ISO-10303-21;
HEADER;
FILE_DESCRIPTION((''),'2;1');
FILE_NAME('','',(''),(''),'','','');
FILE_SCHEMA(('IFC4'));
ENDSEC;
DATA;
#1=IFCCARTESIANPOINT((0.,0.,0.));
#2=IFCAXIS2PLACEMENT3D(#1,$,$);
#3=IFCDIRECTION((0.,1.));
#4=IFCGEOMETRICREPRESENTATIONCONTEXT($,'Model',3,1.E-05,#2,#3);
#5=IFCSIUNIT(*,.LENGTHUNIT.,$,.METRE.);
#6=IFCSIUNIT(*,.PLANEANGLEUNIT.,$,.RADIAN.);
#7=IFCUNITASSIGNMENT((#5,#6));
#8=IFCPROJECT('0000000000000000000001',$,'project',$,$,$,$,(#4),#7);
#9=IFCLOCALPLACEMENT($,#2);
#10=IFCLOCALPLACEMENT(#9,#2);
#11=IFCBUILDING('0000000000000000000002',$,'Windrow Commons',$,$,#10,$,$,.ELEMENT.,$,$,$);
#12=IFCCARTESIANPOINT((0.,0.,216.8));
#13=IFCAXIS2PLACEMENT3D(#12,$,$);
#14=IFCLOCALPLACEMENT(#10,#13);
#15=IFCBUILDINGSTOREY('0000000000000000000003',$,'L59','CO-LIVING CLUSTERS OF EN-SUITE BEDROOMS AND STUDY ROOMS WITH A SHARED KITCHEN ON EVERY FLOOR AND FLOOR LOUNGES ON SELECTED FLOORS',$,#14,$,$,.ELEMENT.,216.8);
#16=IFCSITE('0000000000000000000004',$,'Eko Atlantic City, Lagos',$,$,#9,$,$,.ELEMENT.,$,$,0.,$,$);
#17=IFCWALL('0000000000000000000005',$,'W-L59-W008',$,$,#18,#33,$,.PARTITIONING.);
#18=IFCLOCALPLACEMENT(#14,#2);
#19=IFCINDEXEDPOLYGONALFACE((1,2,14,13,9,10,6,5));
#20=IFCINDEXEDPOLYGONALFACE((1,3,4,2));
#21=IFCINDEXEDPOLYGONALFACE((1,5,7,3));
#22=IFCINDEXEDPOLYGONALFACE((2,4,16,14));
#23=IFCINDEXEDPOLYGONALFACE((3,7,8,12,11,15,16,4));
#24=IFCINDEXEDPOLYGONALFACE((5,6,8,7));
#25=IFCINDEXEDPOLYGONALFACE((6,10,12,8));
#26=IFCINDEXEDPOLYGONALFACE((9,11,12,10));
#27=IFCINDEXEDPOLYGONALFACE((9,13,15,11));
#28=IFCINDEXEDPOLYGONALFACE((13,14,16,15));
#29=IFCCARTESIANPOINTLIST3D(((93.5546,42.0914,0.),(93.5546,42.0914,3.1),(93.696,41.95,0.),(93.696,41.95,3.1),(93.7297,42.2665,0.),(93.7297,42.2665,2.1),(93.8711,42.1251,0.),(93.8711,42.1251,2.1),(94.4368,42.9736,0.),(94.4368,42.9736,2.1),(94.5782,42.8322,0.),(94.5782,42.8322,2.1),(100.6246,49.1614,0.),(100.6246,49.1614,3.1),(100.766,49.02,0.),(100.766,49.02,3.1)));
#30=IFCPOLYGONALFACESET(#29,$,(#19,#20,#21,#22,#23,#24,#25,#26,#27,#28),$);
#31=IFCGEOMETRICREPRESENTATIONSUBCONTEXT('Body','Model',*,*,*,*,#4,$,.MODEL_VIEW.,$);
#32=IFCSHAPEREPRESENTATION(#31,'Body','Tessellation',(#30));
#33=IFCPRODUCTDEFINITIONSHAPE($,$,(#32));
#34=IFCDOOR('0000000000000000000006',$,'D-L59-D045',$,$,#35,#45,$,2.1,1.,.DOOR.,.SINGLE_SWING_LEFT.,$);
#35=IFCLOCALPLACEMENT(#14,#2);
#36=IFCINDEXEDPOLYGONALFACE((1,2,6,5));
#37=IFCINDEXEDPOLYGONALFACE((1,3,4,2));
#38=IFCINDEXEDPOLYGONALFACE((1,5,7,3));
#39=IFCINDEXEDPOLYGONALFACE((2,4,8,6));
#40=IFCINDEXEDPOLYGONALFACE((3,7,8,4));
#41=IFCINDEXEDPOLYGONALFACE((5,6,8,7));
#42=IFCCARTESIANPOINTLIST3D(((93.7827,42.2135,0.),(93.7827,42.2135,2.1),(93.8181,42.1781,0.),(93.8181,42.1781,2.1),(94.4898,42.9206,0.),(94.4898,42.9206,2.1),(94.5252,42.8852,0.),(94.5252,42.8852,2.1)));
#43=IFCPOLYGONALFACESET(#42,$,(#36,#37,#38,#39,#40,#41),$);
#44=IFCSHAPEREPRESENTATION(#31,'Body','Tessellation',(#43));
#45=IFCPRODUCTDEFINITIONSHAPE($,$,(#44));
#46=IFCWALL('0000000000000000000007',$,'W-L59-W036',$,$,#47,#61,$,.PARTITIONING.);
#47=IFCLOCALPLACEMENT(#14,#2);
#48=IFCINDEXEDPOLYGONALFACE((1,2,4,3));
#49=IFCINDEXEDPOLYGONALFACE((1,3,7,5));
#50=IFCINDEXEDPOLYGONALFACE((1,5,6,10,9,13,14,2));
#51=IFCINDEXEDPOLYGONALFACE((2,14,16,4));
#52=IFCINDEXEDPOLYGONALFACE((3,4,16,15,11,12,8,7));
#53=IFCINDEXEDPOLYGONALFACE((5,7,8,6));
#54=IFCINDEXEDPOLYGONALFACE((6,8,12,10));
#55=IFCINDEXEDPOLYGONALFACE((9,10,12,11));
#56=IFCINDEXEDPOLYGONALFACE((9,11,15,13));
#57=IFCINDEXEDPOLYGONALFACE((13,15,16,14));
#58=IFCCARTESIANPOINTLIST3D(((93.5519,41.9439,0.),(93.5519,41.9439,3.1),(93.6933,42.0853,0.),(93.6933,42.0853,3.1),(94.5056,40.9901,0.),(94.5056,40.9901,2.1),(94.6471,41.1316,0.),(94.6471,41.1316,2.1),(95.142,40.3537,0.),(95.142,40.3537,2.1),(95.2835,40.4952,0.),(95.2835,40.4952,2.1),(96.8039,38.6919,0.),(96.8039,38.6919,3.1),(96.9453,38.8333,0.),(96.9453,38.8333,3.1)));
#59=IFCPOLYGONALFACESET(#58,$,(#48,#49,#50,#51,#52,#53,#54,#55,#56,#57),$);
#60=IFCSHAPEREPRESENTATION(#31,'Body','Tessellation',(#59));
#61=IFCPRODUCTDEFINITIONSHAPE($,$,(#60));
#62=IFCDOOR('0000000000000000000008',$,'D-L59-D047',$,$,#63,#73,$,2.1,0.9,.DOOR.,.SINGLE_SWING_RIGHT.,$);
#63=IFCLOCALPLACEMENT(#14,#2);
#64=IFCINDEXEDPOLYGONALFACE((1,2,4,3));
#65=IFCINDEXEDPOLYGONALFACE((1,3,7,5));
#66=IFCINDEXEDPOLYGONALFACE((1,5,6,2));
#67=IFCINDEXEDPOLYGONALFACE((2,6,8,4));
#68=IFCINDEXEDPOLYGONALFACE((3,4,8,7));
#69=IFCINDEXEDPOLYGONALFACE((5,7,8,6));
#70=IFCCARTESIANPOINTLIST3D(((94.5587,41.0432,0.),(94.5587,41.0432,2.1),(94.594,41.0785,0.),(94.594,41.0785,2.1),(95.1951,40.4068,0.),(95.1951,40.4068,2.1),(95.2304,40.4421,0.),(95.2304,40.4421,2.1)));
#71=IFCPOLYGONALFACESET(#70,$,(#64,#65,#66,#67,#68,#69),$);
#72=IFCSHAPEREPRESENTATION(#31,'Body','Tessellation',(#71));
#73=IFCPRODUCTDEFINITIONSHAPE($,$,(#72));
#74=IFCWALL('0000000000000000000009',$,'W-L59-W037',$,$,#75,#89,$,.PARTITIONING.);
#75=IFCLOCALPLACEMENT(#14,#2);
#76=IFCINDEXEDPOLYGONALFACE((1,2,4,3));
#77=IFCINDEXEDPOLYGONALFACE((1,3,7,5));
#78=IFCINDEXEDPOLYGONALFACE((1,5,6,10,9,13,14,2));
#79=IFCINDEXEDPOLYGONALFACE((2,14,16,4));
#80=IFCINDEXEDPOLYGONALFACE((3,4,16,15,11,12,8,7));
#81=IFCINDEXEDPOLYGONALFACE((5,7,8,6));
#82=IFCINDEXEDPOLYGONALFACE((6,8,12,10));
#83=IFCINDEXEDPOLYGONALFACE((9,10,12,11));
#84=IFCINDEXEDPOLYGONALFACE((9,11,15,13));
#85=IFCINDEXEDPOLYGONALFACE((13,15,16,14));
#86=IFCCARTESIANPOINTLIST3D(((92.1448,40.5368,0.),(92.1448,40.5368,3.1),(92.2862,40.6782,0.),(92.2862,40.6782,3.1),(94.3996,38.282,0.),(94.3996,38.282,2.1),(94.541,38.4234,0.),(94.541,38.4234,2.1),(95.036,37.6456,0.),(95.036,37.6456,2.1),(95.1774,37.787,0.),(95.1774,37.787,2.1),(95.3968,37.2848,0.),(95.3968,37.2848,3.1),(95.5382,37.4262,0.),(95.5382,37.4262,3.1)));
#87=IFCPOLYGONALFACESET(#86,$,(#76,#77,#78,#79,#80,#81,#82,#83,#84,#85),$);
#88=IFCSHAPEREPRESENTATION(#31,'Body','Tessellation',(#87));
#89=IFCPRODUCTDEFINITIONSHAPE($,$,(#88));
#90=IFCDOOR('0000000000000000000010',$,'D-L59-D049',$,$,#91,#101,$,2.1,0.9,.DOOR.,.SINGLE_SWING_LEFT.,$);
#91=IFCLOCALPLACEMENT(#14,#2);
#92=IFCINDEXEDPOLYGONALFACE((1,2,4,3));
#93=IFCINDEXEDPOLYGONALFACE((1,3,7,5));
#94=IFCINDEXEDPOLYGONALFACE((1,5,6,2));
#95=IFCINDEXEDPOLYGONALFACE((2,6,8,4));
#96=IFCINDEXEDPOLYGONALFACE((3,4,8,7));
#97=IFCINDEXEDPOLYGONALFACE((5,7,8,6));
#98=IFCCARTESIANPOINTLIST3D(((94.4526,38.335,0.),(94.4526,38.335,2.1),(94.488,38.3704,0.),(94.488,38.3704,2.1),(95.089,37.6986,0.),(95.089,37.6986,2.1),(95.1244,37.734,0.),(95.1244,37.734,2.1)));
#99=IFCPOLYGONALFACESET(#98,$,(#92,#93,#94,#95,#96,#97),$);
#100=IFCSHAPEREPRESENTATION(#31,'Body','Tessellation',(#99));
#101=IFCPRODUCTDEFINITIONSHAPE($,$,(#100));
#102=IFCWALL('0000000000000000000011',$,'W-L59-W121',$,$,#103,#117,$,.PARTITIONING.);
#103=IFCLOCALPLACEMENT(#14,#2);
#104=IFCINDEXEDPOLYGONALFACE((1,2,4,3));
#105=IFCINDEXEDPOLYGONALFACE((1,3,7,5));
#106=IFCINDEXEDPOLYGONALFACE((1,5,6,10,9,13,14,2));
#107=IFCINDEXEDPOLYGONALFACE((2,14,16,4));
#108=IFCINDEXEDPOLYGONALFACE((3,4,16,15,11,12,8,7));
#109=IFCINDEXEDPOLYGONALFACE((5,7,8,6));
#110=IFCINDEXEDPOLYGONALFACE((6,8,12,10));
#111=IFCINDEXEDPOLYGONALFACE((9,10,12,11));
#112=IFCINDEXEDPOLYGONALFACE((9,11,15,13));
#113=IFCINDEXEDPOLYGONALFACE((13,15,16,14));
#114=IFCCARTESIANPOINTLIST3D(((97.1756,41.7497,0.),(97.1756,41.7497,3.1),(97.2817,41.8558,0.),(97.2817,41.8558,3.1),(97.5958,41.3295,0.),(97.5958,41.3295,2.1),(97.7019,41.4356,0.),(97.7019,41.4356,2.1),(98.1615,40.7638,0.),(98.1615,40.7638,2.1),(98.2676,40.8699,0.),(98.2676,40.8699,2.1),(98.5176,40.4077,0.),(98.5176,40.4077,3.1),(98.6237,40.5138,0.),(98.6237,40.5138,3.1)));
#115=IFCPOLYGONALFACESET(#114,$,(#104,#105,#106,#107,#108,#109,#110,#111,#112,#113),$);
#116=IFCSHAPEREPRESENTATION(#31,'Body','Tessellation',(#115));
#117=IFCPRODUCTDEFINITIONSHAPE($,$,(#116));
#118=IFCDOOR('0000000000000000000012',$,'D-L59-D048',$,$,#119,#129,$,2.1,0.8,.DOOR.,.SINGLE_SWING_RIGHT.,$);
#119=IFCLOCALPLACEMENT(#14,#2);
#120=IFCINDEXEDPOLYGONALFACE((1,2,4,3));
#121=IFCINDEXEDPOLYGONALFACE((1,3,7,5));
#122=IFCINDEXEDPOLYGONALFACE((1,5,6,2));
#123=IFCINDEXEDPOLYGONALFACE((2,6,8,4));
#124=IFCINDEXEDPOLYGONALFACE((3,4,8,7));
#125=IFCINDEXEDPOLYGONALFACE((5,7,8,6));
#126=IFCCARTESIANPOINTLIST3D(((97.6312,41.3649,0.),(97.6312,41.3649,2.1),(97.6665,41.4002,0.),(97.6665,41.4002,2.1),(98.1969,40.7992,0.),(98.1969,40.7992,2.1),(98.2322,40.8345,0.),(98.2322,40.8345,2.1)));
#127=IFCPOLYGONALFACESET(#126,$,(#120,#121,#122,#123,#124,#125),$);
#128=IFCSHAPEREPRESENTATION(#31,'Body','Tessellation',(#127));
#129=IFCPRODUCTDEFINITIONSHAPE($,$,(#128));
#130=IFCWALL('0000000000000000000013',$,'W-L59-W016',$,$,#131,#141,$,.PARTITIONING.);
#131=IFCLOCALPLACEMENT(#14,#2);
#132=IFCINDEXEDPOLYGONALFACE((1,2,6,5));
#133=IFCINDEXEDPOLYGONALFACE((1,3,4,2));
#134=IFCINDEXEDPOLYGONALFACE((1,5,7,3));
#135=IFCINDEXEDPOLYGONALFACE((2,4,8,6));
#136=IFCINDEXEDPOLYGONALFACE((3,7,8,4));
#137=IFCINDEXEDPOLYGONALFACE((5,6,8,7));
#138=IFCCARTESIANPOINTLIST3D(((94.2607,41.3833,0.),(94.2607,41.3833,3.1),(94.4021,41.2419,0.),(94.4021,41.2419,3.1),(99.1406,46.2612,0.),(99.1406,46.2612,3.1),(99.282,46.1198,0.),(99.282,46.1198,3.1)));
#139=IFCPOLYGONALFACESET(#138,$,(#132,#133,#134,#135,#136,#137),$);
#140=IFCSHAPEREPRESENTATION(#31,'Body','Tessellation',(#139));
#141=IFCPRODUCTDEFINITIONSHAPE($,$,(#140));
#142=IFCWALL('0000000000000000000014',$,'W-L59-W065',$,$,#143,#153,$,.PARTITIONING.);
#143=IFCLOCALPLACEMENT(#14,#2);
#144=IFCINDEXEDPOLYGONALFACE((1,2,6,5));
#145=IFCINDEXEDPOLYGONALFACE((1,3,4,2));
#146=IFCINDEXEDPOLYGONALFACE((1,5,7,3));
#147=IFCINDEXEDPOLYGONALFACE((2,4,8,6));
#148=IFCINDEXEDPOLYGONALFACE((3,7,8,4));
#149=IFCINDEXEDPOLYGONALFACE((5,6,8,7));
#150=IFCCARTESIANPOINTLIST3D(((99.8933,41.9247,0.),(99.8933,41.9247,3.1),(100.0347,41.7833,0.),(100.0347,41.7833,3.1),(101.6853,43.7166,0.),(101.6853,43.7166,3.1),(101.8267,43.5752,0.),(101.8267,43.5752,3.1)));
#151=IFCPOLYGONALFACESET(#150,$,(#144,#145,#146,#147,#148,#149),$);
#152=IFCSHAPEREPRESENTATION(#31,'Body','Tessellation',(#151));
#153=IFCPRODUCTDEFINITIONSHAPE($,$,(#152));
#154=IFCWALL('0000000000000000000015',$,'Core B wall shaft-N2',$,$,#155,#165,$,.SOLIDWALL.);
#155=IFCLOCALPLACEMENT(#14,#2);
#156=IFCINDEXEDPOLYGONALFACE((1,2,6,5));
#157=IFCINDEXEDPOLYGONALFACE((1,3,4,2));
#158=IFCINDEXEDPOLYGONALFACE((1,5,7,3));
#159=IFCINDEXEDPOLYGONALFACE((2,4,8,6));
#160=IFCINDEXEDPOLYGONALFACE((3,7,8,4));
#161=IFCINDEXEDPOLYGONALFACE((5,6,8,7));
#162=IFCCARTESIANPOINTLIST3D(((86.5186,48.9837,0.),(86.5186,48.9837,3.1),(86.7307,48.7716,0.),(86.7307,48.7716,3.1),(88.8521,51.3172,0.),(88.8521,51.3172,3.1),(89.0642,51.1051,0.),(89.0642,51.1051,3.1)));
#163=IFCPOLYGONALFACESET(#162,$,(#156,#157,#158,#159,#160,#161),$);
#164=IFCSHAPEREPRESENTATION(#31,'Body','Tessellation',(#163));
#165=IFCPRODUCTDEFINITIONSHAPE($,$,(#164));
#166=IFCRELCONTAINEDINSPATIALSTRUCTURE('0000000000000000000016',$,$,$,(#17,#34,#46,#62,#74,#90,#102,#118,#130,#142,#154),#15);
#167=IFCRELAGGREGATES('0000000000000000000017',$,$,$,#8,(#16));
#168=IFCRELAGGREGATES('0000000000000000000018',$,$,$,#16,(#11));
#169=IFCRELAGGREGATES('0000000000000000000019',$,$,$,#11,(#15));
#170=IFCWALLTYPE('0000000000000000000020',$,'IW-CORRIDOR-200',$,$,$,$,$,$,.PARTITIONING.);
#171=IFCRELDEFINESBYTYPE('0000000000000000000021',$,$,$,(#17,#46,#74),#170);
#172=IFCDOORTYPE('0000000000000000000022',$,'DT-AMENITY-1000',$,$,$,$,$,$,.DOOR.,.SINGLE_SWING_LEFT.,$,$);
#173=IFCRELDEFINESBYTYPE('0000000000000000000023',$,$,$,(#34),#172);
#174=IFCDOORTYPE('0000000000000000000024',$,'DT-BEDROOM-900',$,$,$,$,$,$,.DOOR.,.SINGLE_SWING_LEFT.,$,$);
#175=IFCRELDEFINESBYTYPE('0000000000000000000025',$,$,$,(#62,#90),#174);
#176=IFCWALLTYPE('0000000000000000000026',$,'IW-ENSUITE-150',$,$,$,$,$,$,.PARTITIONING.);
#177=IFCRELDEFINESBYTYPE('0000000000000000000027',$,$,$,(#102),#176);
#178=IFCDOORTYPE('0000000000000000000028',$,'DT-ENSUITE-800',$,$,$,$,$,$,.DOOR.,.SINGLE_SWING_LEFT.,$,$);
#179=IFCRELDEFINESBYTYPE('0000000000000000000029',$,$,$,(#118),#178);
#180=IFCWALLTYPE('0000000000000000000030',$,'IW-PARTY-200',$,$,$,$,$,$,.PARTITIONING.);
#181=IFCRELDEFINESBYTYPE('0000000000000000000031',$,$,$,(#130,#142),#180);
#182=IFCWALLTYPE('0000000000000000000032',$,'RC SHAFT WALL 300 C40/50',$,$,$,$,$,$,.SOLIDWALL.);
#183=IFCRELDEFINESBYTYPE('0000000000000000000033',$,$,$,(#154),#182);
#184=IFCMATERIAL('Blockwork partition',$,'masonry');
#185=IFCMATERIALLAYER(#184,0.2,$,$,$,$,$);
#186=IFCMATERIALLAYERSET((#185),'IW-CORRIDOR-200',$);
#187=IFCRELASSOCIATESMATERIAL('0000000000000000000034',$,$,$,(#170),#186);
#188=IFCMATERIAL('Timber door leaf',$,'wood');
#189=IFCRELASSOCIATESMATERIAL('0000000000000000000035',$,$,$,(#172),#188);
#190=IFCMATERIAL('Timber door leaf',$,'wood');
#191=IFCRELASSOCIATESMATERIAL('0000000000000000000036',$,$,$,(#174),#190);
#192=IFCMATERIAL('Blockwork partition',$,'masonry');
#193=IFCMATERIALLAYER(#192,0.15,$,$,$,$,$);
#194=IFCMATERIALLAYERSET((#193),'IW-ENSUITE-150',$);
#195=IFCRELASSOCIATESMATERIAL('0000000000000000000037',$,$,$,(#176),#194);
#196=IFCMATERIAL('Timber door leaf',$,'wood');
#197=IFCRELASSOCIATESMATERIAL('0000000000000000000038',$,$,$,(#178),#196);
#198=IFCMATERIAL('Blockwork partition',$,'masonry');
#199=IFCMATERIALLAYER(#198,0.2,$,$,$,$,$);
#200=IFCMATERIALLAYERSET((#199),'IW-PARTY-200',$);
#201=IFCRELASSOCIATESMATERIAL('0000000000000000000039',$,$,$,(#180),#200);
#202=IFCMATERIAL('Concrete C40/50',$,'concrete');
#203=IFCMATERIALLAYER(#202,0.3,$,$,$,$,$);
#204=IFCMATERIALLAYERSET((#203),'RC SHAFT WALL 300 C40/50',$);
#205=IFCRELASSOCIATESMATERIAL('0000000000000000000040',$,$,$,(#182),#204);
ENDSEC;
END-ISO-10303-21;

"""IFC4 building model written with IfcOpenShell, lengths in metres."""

from ifc_helpers import new_model, si_unit, direction, frame, frame_2d, origin, place, context, subcontext, project, spatial, rectangle, extrude, material, layer, layer_set, type_object, element, fill, save


model = new_model("IFC4")

# Units and contexts
model_context = context("Model", 3, precision=1e-05, world=origin(), true_north=direction((0.0, 1.0)))
body_context = subcontext(model_context, "Body", "Model", "MODEL_VIEW")
ifc_project = project(units=[si_unit("LENGTHUNIT", "METRE"), si_unit("PLANEANGLEUNIT", "RADIAN")], contexts=[model_context])

# Site, building, storey
site_placement = place(None, origin())
site = spatial("IfcSite", under=ifc_project, at=site_placement, Name="Eko Atlantic City, Lagos", CompositionType="ELEMENT", RefElevation=0.0)
building_placement = place(site_placement, origin())
building = spatial("IfcBuilding", under=site, at=building_placement, Name="Windrow Commons", CompositionType="ELEMENT")
storey_placement = place(building_placement, frame((0.0, 0.0, 216.8)))
storey = spatial("IfcBuildingStorey", under=building, at=storey_placement, Name="L59", Description="CO-LIVING CLUSTERS OF EN-SUITE BEDROOMS AND STUDY ROOMS WITH A SHARED KITCHEN ON EVERY FLOOR AND FLOOR LOUNGES ON SELECTED FLOORS", CompositionType="ELEMENT", Elevation=216.8)

# Walls, openings, doors
ifc_material_1 = material(Name="Blockwork partition", Category="masonry")
ifc_layer_1 = layer(ifc_material_1, 0.2)
ifc_layer_set_1 = layer_set([ifc_layer_1], Name="IW-CORRIDOR-200")
wall_type_1 = type_object("IfcWallType", Name="IW-CORRIDOR-200", PredefinedType="PARTITIONING", material=ifc_layer_set_1)
wall_1_placement = place(storey_placement, frame((93.6253, 42.0207, 0.0), z_axis=(0.0, 0.0, 1.0), x_axis=(0.707107, 0.707107, 0.0)))
wall_1 = element("IfcWall", 1, at=wall_1_placement, inside=storey, type_object=wall_type_1, Name="W-L59-W008", PredefinedType="PARTITIONING", context=body_context, shape_type="SweptSolid", body=[
    extrude(rectangle(XDim=9.9985, YDim=0.2, at=frame_2d((4.9992, 0.0))), origin(), (0.0, 0.0, 1.0), 3.1),
])
opening_1_placement = place(wall_1_placement, frame((0.2476, 0.0, 0.0)))
opening_1 = element("IfcOpeningElement", 2, at=opening_1_placement, cuts=wall_1, PredefinedType="OPENING", context=body_context, shape_type="SweptSolid", body=[
    extrude(rectangle(XDim=1.0, YDim=2.1, at=frame_2d((0.5, 1.05))), frame((0.0, 0.11, 0.0), z_axis=(0.0, -1.0, 0.0), x_axis=(1.0, 0.0, 0.0)), (0.0, 0.0, 1.0), 0.22),
])
ifc_material_2 = material(Name="Timber door leaf", Category="wood")
door_type_1 = type_object("IfcDoorType", Name="DT-AMENITY-1000", OperationType="SINGLE_SWING_LEFT", PredefinedType="DOOR", material=ifc_material_2)
door_1_placement = place(opening_1_placement, origin())
door_1 = element("IfcDoor", 3, at=door_1_placement, inside=storey, type_object=door_type_1, Name="D-L59-D045", OperationType="SINGLE_SWING_LEFT", OverallHeight=2.1, OverallWidth=1.0, PredefinedType="DOOR", context=body_context, shape_type="SweptSolid", body=[
    extrude(rectangle(XDim=1.0, YDim=2.1, at=frame_2d((0.5, 1.05))), frame((0.0, 0.025, 0.0), z_axis=(0.0, -1.0, 0.0), x_axis=(1.0, 0.0, 0.0)), (0.0, 0.0, 1.0), 0.05),
])
fill(opening_1, door_1)
wall_2_placement = place(storey_placement, frame((93.6226, 42.0146, 0.0), z_axis=(0.0, 0.0, 1.0), x_axis=(0.707107, -0.707107, 0.0)))
wall_2 = element("IfcWall", 4, at=wall_2_placement, inside=storey, type_object=wall_type_1, Name="W-L59-W036", PredefinedType="PARTITIONING", context=body_context, shape_type="SweptSolid", body=[
    extrude(rectangle(XDim=4.599, YDim=0.2, at=frame_2d((2.2995, 0.0))), origin(), (0.0, 0.0, 1.0), 3.1),
])
opening_2_placement = place(wall_2_placement, frame((1.3488, 0.0, 0.0)))
opening_2 = element("IfcOpeningElement", 5, at=opening_2_placement, cuts=wall_2, PredefinedType="OPENING", context=body_context, shape_type="SweptSolid", body=[
    extrude(rectangle(XDim=0.9, YDim=2.1, at=frame_2d((0.45, 1.05))), frame((0.0, 0.11, 0.0), z_axis=(0.0, -1.0, 0.0), x_axis=(1.0, 0.0, 0.0)), (0.0, 0.0, 1.0), 0.22),
])
ifc_material_3 = material(Name="Timber door leaf", Category="wood")
door_type_2 = type_object("IfcDoorType", Name="DT-BEDROOM-900", OperationType="SINGLE_SWING_LEFT", PredefinedType="DOOR", material=ifc_material_3)
door_2_placement = place(opening_2_placement, origin())
door_2 = element("IfcDoor", 6, at=door_2_placement, inside=storey, type_object=door_type_2, Name="D-L59-D047", OperationType="SINGLE_SWING_RIGHT", OverallHeight=2.1, OverallWidth=0.9, PredefinedType="DOOR", context=body_context, shape_type="SweptSolid", body=[
    extrude(rectangle(XDim=0.9, YDim=2.1, at=frame_2d((0.45, 1.05))), frame((0.0, 0.025, 0.0), z_axis=(0.0, -1.0, 0.0), x_axis=(1.0, 0.0, 0.0)), (0.0, 0.0, 1.0), 0.05),
])
fill(opening_2, door_2)
wall_3_placement = place(storey_placement, frame((92.2155, 40.6075, 0.0), z_axis=(0.0, 0.0, 1.0), x_axis=(0.707107, -0.707107, 0.0)))
wall_3 = element("IfcWall", 7, at=wall_3_placement, inside=storey, type_object=wall_type_1, Name="W-L59-W037", PredefinedType="PARTITIONING", context=body_context, shape_type="SweptSolid", body=[
    extrude(rectangle(XDim=4.599, YDim=0.2, at=frame_2d((2.2995, 0.0))), origin(), (0.0, 0.0, 1.0), 3.1),
])
opening_3_placement = place(wall_3_placement, frame((3.1888, 0.0, 0.0)))
opening_3 = element("IfcOpeningElement", 8, at=opening_3_placement, cuts=wall_3, PredefinedType="OPENING", context=body_context, shape_type="SweptSolid", body=[
    extrude(rectangle(XDim=0.9, YDim=2.1, at=frame_2d((0.45, 1.05))), frame((0.0, 0.11, 0.0), z_axis=(0.0, -1.0, 0.0), x_axis=(1.0, 0.0, 0.0)), (0.0, 0.0, 1.0), 0.22),
])
door_3_placement = place(opening_3_placement, origin())
door_3 = element("IfcDoor", 9, at=door_3_placement, inside=storey, type_object=door_type_2, Name="D-L59-D049", OperationType="SINGLE_SWING_LEFT", OverallHeight=2.1, OverallWidth=0.9, PredefinedType="DOOR", context=body_context, shape_type="SweptSolid", body=[
    extrude(rectangle(XDim=0.9, YDim=2.1, at=frame_2d((0.45, 1.05))), frame((0.0, 0.025, 0.0), z_axis=(0.0, -1.0, 0.0), x_axis=(1.0, 0.0, 0.0)), (0.0, 0.0, 1.0), 0.05),
])
fill(opening_3, door_3)
ifc_material_4 = material(Name="Blockwork partition", Category="masonry")
ifc_layer_2 = layer(ifc_material_4, 0.15)
ifc_layer_set_2 = layer_set([ifc_layer_2], Name="IW-ENSUITE-150")
wall_type_2 = type_object("IfcWallType", Name="IW-ENSUITE-150", PredefinedType="PARTITIONING", material=ifc_layer_set_2)
wall_4_placement = place(storey_placement, frame((97.2287, 41.8027, 0.0), z_axis=(0.0, 0.0, 1.0), x_axis=(0.707107, -0.707107, 0.0)))
wall_4 = element("IfcWall", 10, at=wall_4_placement, inside=storey, type_object=wall_type_2, Name="W-L59-W121", PredefinedType="PARTITIONING", context=body_context, shape_type="SweptSolid", body=[
    extrude(rectangle(XDim=1.8979, YDim=0.15, at=frame_2d((0.9489, 0.0))), origin(), (0.0, 0.0, 1.0), 3.1),
])
opening_4_placement = place(wall_4_placement, frame((0.5942, 0.0, 0.0)))
opening_4 = element("IfcOpeningElement", 11, at=opening_4_placement, cuts=wall_4, PredefinedType="OPENING", context=body_context, shape_type="SweptSolid", body=[
    extrude(rectangle(XDim=0.8, YDim=2.1, at=frame_2d((0.4, 1.05))), frame((0.0, 0.085, 0.0), z_axis=(0.0, -1.0, 0.0), x_axis=(1.0, 0.0, 0.0)), (0.0, 0.0, 1.0), 0.17),
])
ifc_material_5 = material(Name="Timber door leaf", Category="wood")
door_type_3 = type_object("IfcDoorType", Name="DT-ENSUITE-800", OperationType="SINGLE_SWING_LEFT", PredefinedType="DOOR", material=ifc_material_5)
door_4_placement = place(opening_4_placement, origin())
door_4 = element("IfcDoor", 12, at=door_4_placement, inside=storey, type_object=door_type_3, Name="D-L59-D048", OperationType="SINGLE_SWING_RIGHT", OverallHeight=2.1, OverallWidth=0.8, PredefinedType="DOOR", context=body_context, shape_type="SweptSolid", body=[
    extrude(rectangle(XDim=0.8, YDim=2.1, at=frame_2d((0.4, 1.05))), frame((0.0, 0.025, 0.0), z_axis=(0.0, -1.0, 0.0), x_axis=(1.0, 0.0, 0.0)), (0.0, 0.0, 1.0), 0.05),
])
fill(opening_4, door_4)

# Walls
ifc_material_6 = material(Name="Blockwork partition", Category="masonry")
ifc_layer_3 = layer(ifc_material_6, 0.2)
ifc_layer_set_3 = layer_set([ifc_layer_3], Name="IW-PARTY-200")
wall_type_3 = type_object("IfcWallType", Name="IW-PARTY-200", PredefinedType="PARTITIONING", material=ifc_layer_set_3)
wall_5_placement = place(storey_placement, frame((94.3314, 41.3126, 0.0), z_axis=(0.0, 0.0, 1.0), x_axis=(0.707252, 0.706962, 0.0)))
element("IfcWall", 13, at=wall_5_placement, inside=storey, type_object=wall_type_3, Name="W-L59-W016", PredefinedType="PARTITIONING", context=body_context, shape_type="SweptSolid", body=[
    extrude(rectangle(XDim=6.8998, YDim=0.2, at=frame_2d((3.4499, 0.0))), origin(), (0.0, 0.0, 1.0), 3.1),
])
wall_6_placement = place(storey_placement, frame((99.964, 41.854, 0.0), z_axis=(0.0, 0.0, 1.0), x_axis=(0.707127, 0.707087, 0.0)))
element("IfcWall", 14, at=wall_6_placement, inside=storey, type_object=wall_type_3, Name="W-L59-W065", PredefinedType="PARTITIONING", context=body_context, shape_type="SweptSolid", body=[
    extrude(rectangle(XDim=2.5341, YDim=0.2, at=frame_2d((1.2671, 0.0))), origin(), (0.0, 0.0, 1.0), 3.1),
])
ifc_material_7 = material(Name="Concrete C40/50", Category="concrete")
ifc_layer_4 = layer(ifc_material_7, 0.3)
ifc_layer_set_4 = layer_set([ifc_layer_4], Name="RC SHAFT WALL 300 C40/50")
wall_type_4 = type_object("IfcWallType", Name="RC SHAFT WALL 300 C40/50", PredefinedType="SOLIDWALL", material=ifc_layer_set_4)
for number, where, z_axis, x_axis, name in (
    (15, (86.6246, 48.8776, 0.0), (0.0, 0.0, 1.0), (0.707107, 0.707107, 0.0), "Core B wall shaft-N2"),
):
    element("IfcWall", number, at=place(storey_placement, frame(where, z_axis=z_axis, x_axis=x_axis)), inside=storey, type_object=wall_type_4, Name=name, PredefinedType="SOLIDWALL", context=body_context, shape_type="SweptSolid", body=[
        extrude(rectangle(XDim=3.3001, YDim=0.3, at=frame_2d((1.6501, 0.0))), origin(), (0.0, 0.0, 1.0), 3.1),
    ])

save(model, "model.ifc")
